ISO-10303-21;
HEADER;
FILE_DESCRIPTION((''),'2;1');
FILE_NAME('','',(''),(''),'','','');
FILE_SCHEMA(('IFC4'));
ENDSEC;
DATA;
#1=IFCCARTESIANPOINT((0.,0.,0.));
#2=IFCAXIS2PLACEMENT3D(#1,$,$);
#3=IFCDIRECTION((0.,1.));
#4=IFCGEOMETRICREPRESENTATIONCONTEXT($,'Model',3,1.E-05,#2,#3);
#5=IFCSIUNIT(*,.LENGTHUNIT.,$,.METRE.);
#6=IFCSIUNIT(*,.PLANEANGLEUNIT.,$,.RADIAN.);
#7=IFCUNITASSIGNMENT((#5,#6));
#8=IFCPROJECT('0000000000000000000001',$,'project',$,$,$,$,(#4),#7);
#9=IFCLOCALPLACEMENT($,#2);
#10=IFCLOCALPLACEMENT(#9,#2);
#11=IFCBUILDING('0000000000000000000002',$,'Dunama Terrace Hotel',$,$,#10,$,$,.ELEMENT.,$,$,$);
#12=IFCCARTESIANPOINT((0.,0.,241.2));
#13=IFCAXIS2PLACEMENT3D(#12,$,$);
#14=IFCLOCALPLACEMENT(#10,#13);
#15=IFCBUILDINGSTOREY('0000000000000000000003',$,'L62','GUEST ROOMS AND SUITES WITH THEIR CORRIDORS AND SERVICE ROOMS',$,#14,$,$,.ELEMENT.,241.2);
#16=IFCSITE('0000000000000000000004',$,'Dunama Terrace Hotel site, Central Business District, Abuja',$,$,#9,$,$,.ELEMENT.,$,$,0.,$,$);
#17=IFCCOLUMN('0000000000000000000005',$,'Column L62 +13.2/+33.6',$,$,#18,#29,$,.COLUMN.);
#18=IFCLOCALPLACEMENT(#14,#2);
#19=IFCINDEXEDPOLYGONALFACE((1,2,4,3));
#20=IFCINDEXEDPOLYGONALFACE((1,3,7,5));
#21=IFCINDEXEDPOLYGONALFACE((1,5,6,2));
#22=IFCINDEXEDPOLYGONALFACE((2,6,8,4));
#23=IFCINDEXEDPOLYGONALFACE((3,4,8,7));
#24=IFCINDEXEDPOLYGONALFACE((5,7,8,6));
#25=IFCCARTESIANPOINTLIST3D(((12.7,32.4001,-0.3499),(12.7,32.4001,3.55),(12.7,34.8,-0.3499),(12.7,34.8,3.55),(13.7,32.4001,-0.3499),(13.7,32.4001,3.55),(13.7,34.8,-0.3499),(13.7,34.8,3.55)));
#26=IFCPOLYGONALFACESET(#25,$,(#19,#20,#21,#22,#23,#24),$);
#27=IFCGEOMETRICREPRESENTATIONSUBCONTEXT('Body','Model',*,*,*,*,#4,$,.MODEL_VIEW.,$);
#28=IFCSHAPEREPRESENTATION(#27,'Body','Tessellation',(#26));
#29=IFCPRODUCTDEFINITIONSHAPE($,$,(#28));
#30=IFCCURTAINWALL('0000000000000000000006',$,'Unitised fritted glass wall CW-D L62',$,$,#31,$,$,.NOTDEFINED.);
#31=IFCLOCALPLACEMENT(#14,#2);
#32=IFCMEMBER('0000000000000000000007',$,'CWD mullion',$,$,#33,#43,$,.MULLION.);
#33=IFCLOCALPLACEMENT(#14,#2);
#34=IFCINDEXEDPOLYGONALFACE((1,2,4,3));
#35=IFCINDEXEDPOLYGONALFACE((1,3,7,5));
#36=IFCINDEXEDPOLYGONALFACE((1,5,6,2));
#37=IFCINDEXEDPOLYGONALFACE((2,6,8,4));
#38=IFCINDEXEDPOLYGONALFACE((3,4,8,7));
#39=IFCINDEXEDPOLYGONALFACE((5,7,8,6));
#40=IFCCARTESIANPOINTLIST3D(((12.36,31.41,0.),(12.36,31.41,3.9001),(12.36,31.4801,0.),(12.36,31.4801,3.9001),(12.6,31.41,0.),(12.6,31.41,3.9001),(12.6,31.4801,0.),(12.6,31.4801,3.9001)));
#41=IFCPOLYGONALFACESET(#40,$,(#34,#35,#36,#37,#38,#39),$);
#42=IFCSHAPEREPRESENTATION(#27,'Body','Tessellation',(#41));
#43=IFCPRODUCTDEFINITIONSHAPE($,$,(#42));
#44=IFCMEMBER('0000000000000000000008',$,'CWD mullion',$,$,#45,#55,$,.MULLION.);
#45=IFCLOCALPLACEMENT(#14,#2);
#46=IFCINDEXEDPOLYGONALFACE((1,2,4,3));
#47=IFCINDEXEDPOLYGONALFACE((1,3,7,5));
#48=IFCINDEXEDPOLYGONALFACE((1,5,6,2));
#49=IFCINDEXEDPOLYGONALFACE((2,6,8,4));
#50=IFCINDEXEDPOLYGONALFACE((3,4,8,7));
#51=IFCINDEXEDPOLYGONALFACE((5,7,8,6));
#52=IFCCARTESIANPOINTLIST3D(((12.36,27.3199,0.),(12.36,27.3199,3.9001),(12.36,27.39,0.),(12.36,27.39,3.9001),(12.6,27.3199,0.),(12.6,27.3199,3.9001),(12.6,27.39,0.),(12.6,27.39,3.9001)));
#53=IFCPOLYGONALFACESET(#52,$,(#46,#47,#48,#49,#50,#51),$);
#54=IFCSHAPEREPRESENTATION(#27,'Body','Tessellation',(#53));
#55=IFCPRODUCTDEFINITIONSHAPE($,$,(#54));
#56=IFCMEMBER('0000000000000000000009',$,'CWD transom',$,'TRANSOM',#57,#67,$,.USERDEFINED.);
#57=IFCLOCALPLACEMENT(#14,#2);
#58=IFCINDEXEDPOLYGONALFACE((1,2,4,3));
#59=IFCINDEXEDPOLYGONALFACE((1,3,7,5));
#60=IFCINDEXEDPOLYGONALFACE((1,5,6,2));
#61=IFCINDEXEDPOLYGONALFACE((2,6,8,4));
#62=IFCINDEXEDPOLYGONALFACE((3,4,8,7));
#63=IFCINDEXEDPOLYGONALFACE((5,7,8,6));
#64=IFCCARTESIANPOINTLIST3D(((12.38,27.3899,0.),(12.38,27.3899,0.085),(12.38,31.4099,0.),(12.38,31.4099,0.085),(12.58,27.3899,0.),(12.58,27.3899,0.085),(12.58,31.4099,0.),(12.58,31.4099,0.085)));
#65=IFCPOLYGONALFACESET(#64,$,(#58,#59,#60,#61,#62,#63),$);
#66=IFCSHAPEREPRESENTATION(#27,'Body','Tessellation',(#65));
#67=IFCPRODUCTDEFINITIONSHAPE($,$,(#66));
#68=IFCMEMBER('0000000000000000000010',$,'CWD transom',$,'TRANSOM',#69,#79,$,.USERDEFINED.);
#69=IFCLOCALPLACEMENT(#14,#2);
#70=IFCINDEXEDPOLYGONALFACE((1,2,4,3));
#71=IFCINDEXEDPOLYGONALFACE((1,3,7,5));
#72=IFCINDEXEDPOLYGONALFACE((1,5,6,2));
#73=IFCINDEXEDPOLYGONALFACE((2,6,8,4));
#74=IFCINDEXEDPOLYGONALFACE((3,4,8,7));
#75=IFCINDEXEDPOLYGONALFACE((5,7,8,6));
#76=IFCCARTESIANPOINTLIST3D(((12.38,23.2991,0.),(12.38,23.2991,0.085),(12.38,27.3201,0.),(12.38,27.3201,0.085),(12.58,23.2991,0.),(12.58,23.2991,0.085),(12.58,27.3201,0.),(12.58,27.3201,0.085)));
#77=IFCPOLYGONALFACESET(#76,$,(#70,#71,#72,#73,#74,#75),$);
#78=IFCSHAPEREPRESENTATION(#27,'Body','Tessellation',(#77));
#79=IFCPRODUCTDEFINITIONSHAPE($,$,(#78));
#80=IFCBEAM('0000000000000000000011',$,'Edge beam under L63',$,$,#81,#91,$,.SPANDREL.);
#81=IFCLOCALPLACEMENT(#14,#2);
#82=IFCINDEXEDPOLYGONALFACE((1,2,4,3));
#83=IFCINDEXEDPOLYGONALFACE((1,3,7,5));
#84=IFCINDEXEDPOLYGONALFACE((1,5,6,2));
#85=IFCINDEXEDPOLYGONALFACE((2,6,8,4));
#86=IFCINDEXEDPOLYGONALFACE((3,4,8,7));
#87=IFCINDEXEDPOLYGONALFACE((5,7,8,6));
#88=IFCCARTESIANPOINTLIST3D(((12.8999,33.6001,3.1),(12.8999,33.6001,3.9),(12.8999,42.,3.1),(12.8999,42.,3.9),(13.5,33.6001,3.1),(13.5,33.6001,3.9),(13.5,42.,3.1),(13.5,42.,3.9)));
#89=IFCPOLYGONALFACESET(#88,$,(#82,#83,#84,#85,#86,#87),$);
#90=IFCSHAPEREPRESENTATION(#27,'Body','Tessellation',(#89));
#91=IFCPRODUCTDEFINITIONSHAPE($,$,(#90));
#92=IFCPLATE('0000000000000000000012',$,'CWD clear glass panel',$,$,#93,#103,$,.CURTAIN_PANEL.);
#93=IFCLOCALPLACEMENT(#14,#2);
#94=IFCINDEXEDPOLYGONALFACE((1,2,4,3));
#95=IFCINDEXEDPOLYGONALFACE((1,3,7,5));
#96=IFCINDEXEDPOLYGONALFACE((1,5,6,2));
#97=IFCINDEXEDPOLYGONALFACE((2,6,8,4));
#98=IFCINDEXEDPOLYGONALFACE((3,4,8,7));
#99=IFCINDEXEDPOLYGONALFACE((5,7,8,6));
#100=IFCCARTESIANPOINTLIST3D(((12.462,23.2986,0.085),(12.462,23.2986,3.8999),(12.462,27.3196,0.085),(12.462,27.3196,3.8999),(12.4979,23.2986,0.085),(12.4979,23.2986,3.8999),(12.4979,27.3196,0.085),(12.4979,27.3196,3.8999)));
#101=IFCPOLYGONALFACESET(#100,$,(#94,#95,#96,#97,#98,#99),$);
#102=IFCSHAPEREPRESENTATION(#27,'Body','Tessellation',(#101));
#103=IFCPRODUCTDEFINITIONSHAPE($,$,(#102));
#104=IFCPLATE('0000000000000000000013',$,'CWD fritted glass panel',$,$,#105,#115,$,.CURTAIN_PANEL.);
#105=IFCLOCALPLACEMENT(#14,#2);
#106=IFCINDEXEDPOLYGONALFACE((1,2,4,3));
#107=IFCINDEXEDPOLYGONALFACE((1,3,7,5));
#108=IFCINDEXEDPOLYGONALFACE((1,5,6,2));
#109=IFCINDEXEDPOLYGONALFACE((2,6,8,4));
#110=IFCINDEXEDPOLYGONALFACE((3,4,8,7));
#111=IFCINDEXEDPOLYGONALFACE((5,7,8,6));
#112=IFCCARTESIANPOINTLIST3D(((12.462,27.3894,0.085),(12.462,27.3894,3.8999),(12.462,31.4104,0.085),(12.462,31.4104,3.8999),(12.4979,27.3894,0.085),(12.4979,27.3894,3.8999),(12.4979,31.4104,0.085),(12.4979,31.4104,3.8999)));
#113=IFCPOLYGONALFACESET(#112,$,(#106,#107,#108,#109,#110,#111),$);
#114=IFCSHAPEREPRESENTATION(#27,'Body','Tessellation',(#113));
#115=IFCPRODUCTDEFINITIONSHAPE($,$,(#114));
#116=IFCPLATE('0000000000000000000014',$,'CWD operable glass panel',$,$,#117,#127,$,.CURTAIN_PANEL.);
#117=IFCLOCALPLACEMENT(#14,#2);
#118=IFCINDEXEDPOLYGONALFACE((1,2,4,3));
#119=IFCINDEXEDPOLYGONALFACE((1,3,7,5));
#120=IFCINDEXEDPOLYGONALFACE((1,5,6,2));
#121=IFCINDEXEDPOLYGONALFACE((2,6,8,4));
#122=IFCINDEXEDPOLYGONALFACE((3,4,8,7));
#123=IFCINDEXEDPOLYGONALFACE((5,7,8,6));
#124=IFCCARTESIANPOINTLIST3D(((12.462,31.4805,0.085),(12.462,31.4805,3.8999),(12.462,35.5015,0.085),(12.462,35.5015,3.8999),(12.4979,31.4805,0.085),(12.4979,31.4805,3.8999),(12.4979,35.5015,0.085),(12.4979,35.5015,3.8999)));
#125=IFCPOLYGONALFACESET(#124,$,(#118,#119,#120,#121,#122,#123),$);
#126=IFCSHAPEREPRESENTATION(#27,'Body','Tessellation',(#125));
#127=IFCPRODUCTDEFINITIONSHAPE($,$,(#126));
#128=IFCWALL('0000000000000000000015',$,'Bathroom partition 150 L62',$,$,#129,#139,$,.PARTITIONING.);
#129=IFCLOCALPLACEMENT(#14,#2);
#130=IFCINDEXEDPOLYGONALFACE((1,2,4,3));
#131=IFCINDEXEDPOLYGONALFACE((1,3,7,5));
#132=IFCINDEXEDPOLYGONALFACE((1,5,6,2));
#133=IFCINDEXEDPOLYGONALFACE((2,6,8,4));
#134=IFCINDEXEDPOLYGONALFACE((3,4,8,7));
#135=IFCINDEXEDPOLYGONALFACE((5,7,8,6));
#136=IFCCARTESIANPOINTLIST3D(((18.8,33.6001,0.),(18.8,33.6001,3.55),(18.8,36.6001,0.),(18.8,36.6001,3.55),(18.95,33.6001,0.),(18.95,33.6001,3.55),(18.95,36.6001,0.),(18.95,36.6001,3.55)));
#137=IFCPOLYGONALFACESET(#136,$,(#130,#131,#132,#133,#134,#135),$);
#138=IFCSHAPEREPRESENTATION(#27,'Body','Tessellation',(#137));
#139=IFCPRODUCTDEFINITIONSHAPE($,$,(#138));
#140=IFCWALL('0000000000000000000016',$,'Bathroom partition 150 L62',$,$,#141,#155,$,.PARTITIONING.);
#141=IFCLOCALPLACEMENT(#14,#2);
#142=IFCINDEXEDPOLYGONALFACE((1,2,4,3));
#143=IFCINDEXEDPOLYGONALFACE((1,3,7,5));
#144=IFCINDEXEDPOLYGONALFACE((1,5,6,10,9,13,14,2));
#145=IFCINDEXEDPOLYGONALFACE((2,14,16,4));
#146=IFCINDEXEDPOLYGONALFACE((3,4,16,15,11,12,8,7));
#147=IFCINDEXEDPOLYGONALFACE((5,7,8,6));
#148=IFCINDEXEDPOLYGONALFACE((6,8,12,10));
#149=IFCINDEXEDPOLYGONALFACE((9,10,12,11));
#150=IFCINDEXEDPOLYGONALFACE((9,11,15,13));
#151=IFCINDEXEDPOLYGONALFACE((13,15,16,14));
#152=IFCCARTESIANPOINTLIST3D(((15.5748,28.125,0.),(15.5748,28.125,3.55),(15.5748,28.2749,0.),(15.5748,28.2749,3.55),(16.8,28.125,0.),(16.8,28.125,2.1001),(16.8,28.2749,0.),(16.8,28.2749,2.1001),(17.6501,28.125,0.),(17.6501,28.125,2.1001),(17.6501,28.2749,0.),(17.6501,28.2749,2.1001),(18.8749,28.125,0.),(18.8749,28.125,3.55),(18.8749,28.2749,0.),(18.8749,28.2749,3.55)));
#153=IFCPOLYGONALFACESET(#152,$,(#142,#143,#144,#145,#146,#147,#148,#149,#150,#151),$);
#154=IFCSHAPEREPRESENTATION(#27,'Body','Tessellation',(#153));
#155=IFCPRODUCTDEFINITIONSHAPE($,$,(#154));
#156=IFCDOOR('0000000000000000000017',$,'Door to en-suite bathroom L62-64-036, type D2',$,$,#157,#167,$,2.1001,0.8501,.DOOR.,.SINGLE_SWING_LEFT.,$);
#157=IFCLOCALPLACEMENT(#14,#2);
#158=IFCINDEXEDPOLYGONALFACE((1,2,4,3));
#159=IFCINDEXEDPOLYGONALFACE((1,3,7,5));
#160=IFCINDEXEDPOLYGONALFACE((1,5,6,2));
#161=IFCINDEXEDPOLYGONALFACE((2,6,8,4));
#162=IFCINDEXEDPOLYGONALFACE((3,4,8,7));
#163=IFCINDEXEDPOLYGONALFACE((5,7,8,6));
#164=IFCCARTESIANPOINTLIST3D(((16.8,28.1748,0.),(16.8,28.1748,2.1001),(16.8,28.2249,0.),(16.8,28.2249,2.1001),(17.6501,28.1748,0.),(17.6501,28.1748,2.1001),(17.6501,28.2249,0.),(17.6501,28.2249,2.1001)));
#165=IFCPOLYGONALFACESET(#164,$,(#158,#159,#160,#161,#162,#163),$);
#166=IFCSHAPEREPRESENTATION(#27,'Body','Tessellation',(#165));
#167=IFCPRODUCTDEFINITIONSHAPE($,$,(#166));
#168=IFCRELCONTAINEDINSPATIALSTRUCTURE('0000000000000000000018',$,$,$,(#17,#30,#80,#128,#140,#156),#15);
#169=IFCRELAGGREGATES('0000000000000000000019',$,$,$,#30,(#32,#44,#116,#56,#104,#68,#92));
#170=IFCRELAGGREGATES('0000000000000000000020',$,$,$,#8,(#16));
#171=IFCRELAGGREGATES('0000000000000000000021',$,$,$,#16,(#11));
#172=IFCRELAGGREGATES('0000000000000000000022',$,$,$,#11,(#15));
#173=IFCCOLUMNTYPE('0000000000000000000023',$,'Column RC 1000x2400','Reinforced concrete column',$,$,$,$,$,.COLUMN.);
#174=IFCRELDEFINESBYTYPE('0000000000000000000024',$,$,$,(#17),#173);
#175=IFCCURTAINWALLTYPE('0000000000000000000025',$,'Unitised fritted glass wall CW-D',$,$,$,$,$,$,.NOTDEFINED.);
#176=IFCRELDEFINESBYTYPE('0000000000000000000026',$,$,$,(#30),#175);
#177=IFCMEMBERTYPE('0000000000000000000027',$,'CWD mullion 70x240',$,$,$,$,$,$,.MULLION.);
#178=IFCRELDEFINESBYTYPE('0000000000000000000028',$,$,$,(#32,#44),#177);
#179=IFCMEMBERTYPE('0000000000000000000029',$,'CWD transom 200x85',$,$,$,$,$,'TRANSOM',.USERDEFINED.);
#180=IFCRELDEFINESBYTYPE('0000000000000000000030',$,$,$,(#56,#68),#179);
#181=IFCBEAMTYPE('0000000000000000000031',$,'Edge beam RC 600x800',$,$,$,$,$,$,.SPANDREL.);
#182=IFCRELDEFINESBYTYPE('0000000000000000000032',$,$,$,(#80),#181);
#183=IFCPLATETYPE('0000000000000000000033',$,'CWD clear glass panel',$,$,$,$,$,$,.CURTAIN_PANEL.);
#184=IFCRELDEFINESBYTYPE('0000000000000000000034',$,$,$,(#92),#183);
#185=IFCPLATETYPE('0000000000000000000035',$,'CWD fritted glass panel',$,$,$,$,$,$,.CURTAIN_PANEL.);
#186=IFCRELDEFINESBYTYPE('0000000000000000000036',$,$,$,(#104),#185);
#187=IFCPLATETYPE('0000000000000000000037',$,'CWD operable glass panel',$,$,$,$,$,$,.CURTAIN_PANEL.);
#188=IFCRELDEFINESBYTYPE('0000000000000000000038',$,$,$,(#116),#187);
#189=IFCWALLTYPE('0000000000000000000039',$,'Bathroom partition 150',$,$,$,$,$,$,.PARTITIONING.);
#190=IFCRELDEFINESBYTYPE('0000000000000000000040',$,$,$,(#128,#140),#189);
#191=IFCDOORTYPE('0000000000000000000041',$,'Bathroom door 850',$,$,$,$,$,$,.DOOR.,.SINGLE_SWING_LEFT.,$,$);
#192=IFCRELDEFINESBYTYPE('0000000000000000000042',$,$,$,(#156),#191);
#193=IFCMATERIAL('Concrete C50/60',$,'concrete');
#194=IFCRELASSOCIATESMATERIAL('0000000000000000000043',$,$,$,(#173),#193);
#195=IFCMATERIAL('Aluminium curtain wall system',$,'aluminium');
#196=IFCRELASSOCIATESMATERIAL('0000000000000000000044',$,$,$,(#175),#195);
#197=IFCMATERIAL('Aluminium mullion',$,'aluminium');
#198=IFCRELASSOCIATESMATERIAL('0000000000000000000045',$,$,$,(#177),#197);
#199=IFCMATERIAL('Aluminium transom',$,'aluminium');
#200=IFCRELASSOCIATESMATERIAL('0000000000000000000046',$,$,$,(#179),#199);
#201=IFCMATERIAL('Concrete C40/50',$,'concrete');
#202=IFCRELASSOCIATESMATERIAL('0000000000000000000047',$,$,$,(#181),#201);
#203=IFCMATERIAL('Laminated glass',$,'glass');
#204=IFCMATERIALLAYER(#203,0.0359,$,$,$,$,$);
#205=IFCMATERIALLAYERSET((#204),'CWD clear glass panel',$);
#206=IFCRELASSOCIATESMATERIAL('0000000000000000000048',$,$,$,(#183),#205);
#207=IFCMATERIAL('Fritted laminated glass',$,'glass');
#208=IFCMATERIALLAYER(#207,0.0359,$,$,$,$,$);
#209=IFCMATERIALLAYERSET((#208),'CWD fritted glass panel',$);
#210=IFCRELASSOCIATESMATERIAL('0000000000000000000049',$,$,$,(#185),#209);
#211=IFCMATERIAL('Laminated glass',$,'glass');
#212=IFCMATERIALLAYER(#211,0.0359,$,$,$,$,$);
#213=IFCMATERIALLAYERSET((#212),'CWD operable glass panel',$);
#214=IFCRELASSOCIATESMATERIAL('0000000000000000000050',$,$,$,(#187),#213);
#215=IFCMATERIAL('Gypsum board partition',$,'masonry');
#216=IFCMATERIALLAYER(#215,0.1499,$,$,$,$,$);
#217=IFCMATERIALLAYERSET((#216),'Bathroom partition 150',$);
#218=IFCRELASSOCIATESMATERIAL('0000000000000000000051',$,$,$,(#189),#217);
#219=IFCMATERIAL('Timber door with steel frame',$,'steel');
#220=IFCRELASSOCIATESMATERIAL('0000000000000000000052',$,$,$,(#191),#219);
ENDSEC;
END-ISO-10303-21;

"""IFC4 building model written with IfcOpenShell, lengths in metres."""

from ifc_helpers import new_model, si_unit, direction, frame, frame_2d, origin, origin_2d, place, context, subcontext, project, spatial, rectangle, extrude, material, layer, layer_set, material_profile, profile_set, type_object, element, fill, aggregate, save


model = new_model("IFC4")

# Units and contexts
model_context = context("Model", 3, precision=1e-05, world=origin(), true_north=direction((0.0, 1.0)))
body_context = subcontext(model_context, "Body", "Model", "MODEL_VIEW")
ifc_project = project(units=[si_unit("LENGTHUNIT", "METRE"), si_unit("PLANEANGLEUNIT", "RADIAN")], contexts=[model_context])

# Site, building, storey
site_placement = place(None, origin())
site = spatial("IfcSite", under=ifc_project, at=site_placement, Name="Dunama Terrace Hotel site, Central Business District, Abuja", CompositionType="ELEMENT", RefElevation=0.0)
building_placement = place(site_placement, origin())
building = spatial("IfcBuilding", under=site, at=building_placement, Name="Dunama Terrace Hotel", CompositionType="ELEMENT")
storey_placement = place(building_placement, frame((0.0, 0.0, 241.2)))
storey = spatial("IfcBuildingStorey", under=building, at=storey_placement, Name="L62", Description="GUEST ROOMS AND SUITES WITH THEIR CORRIDORS AND SERVICE ROOMS", CompositionType="ELEMENT", Elevation=241.2)

# Column
ifc_material_1 = material(Name="Concrete C50/60", Category="concrete")
ifc_material_profile_1 = material_profile(ifc_material_1, rectangle(XDim=1.0, YDim=2.3999, at=origin_2d()), Name="RC 1000x2400")
ifc_profile_set_1 = profile_set([ifc_material_profile_1], Name="Concrete C50/60")
column_type = type_object("IfcColumnType", Name="Column RC 1000x2400", Description="Reinforced concrete column", PredefinedType="COLUMN", material=ifc_profile_set_1)
column_placement = place(storey_placement, frame((13.2, 33.6001, -0.3499), z_axis=(0.0, 0.0, 1.0), x_axis=(1.0, 0.0, 0.0)))
element("IfcColumn", 1, at=column_placement, inside=storey, type_object=column_type, Name="Column L62 +13.2/+33.6", PredefinedType="COLUMN", context=body_context, shape_type="SweptSolid", body=[
    extrude(rectangle(XDim=1.0, YDim=2.3999, at=origin_2d()), origin(), (0.0, 0.0, 1.0), 3.8999),
])

# Curtain wall, members
ifc_material_2 = material(Name="Aluminium curtain wall system", Category="aluminium")
curtain_wall_type = type_object("IfcCurtainWallType", Name="Unitised fritted glass wall CW-D", PredefinedType="NOTDEFINED", material=ifc_material_2)
curtain_wall_placement = place(storey_placement, origin())
curtain_wall = element("IfcCurtainWall", 2, at=curtain_wall_placement, inside=storey, type_object=curtain_wall_type, Name="Unitised fritted glass wall CW-D L62", PredefinedType="NOTDEFINED")
ifc_material_3 = material(Name="Aluminium mullion", Category="aluminium")
ifc_material_profile_2 = material_profile(ifc_material_3, rectangle(XDim=0.0701, YDim=0.24, at=origin_2d()), Name="CWD MULLION 70X240")
ifc_profile_set_2 = profile_set([ifc_material_profile_2], Name="Aluminium mullion")
member_type_1 = type_object("IfcMemberType", Name="CWD mullion 70x240", PredefinedType="MULLION", material=ifc_profile_set_2)
member_1_placement = place(storey_placement, frame((12.48, 31.4451, 0.0), z_axis=(0.0, 0.0, 1.0), x_axis=(0.0, -1.0, 0.0)))
member_1 = element("IfcMember", 3, at=member_1_placement, type_object=member_type_1, Name="CWD mullion", PredefinedType="MULLION", context=body_context, shape_type="SweptSolid", body=[
    extrude(rectangle(XDim=0.0701, YDim=0.24, at=origin_2d()), origin(), (0.0, 0.0, 1.0), 3.9001),
])
member_2_placement = place(storey_placement, frame((12.48, 27.355, 0.0), z_axis=(0.0, 0.0, 1.0), x_axis=(0.0, -1.0, 0.0)))
member_2 = element("IfcMember", 4, at=member_2_placement, type_object=member_type_1, Name="CWD mullion", PredefinedType="MULLION", context=body_context, shape_type="SweptSolid", body=[
    extrude(rectangle(XDim=0.0701, YDim=0.24, at=origin_2d()), origin(), (0.0, 0.0, 1.0), 3.9001),
])
ifc_material_4 = material(Name="Aluminium transom", Category="aluminium")
ifc_material_profile_3 = material_profile(ifc_material_4, rectangle(XDim=0.2, YDim=0.085, at=origin_2d()), Name="CWD TRANSOM 200X85")
ifc_profile_set_3 = profile_set([ifc_material_profile_3], Name="Aluminium transom")
member_type_2 = type_object("IfcMemberType", Name="CWD transom 200x85", ElementType="TRANSOM", PredefinedType="USERDEFINED", material=ifc_profile_set_3)
member_3_placement = place(storey_placement, frame((12.48, 31.4099, 0.0425), z_axis=(0.0, -1.0, 0.0), x_axis=(1.0, 0.0, 0.0)))
member_3 = element("IfcMember", 5, at=member_3_placement, type_object=member_type_2, Name="CWD transom", ObjectType="TRANSOM", PredefinedType="USERDEFINED", context=body_context, shape_type="SweptSolid", body=[
    extrude(rectangle(XDim=0.2, YDim=0.085, at=origin_2d()), origin(), (0.0, 0.0, 1.0), 4.02),
])
member_4_placement = place(storey_placement, frame((12.48, 27.3201, 0.0425), z_axis=(0.0, -1.0, 0.0), x_axis=(1.0, 0.0, 0.0)))
member_4 = element("IfcMember", 6, at=member_4_placement, type_object=member_type_2, Name="CWD transom", ObjectType="TRANSOM", PredefinedType="USERDEFINED", context=body_context, shape_type="SweptSolid", body=[
    extrude(rectangle(XDim=0.2, YDim=0.085, at=origin_2d()), origin(), (0.0, 0.0, 1.0), 4.021),
])

# Beam
ifc_material_5 = material(Name="Concrete C40/50", Category="concrete")
ifc_material_profile_4 = material_profile(ifc_material_5, rectangle(XDim=0.6001, YDim=0.8, at=origin_2d()), Name="RC 600x800")
ifc_profile_set_4 = profile_set([ifc_material_profile_4], Name="Concrete C40/50")
beam_type = type_object("IfcBeamType", Name="Edge beam RC 600x800", PredefinedType="SPANDREL", material=ifc_profile_set_4)
beam_placement = place(storey_placement, frame((13.2, 33.6001, 3.5), z_axis=(0.0, 1.0, 0.0), x_axis=(-1.0, 0.0, 0.0)))
element("IfcBeam", 7, at=beam_placement, inside=storey, type_object=beam_type, Name="Edge beam under L63", PredefinedType="SPANDREL", context=body_context, shape_type="SweptSolid", body=[
    extrude(rectangle(XDim=0.6001, YDim=0.8, at=origin_2d()), origin(), (0.0, 0.0, 1.0), 8.3999),
])

# Plates
ifc_material_6 = material(Name="Laminated glass", Category="glass")
ifc_layer_1 = layer(ifc_material_6, 0.0359)
ifc_layer_set_1 = layer_set([ifc_layer_1], Name="CWD clear glass panel")
plate_type_1 = type_object("IfcPlateType", Name="CWD clear glass panel", PredefinedType="CURTAIN_PANEL", material=ifc_layer_set_1)
plate_1_placement = place(storey_placement, frame((12.48, 25.3091, 0.085), z_axis=(0.0, 0.0, 1.0), x_axis=(0.0, -1.0, 0.0)))
plate_1 = element("IfcPlate", 8, at=plate_1_placement, type_object=plate_type_1, Name="CWD clear glass panel", PredefinedType="CURTAIN_PANEL", context=body_context, shape_type="SweptSolid", body=[
    extrude(rectangle(XDim=4.021, YDim=0.0359, at=origin_2d()), origin(), (0.0, 0.0, 1.0), 3.8149),
])
ifc_material_7 = material(Name="Fritted laminated glass", Category="glass")
ifc_layer_2 = layer(ifc_material_7, 0.0359)
ifc_layer_set_2 = layer_set([ifc_layer_2], Name="CWD fritted glass panel")
plate_type_2 = type_object("IfcPlateType", Name="CWD fritted glass panel", PredefinedType="CURTAIN_PANEL", material=ifc_layer_set_2)
plate_2_placement = place(storey_placement, frame((12.48, 29.3999, 0.085), z_axis=(0.0, 0.0, 1.0), x_axis=(0.0, -1.0, 0.0)))
plate_2 = element("IfcPlate", 9, at=plate_2_placement, type_object=plate_type_2, Name="CWD fritted glass panel", PredefinedType="CURTAIN_PANEL", context=body_context, shape_type="SweptSolid", body=[
    extrude(rectangle(XDim=4.021, YDim=0.0359, at=origin_2d()), origin(), (0.0, 0.0, 1.0), 3.8149),
])
ifc_material_8 = material(Name="Laminated glass", Category="glass")
ifc_layer_3 = layer(ifc_material_8, 0.0359)
ifc_layer_set_3 = layer_set([ifc_layer_3], Name="CWD operable glass panel")
plate_type_3 = type_object("IfcPlateType", Name="CWD operable glass panel", PredefinedType="CURTAIN_PANEL", material=ifc_layer_set_3)
plate_3_placement = place(storey_placement, frame((12.48, 33.491, 0.085), z_axis=(0.0, 0.0, 1.0), x_axis=(0.0, -1.0, 0.0)))
plate_3 = element("IfcPlate", 10, at=plate_3_placement, type_object=plate_type_3, Name="CWD operable glass panel", PredefinedType="CURTAIN_PANEL", context=body_context, shape_type="SweptSolid", body=[
    extrude(rectangle(XDim=4.021, YDim=0.0359, at=origin_2d()), origin(), (0.0, 0.0, 1.0), 3.8149),
])
aggregate(curtain_wall, [member_1, member_2, plate_3, member_3, plate_2, member_4, plate_1])

# Wall
ifc_material_9 = material(Name="Gypsum board partition", Category="masonry")
ifc_layer_4 = layer(ifc_material_9, 0.1499)
ifc_layer_set_4 = layer_set([ifc_layer_4], Name="Bathroom partition 150")
wall_type_1 = type_object("IfcWallType", Name="Bathroom partition 150", PredefinedType="PARTITIONING", material=ifc_layer_set_4)
wall_1_placement = place(storey_placement, frame((18.875, 33.6001, 0.0), z_axis=(0.0, 0.0, 1.0), x_axis=(0.0, 1.0, 0.0)))
element("IfcWall", 11, at=wall_1_placement, inside=storey, type_object=wall_type_1, Name="Bathroom partition 150 L62", PredefinedType="PARTITIONING", context=body_context, shape_type="SweptSolid", body=[
    extrude(rectangle(XDim=3.0, YDim=0.1499, at=frame_2d((1.5, 0.0))), origin(), (0.0, 0.0, 1.0), 3.55),
])

# Wall, opening, door
wall_2_placement = place(storey_placement, frame((15.575, 28.2, 0.0), z_axis=(0.0, 0.0, 1.0), x_axis=(1.0, 0.0, 0.0)))
wall_2 = element("IfcWall", 12, at=wall_2_placement, inside=storey, type_object=wall_type_1, Name="Bathroom partition 150 L62", PredefinedType="PARTITIONING", context=body_context, shape_type="SweptSolid", body=[
    extrude(rectangle(XDim=3.3, YDim=0.1499, at=frame_2d((1.6499, 0.0))), origin(), (0.0, 0.0, 1.0), 3.55),
])
opening_1_placement = place(wall_2_placement, frame((1.2251, 0.0, 0.0)))
opening_1 = element("IfcOpeningElement", 13, at=opening_1_placement, cuts=wall_2, PredefinedType="OPENING", context=body_context, shape_type="SweptSolid", body=[
    extrude(rectangle(XDim=0.8501, YDim=2.1001, at=frame_2d((0.425, 1.05))), frame((0.0, 0.085, 0.0), z_axis=(0.0, -1.0, 0.0), x_axis=(1.0, 0.0, 0.0)), (0.0, 0.0, 1.0), 0.1699),
])
ifc_material_10 = material(Name="Timber door with steel frame", Category="steel")
door_type_1 = type_object("IfcDoorType", Name="Bathroom door 850", OperationType="SINGLE_SWING_LEFT", PredefinedType="DOOR", material=ifc_material_10)
door_1_placement = place(opening_1_placement, frame((0.8501, 0.0, 0.0), z_axis=(0.0, 0.0, 1.0), x_axis=(-1.0, 0.0, 0.0)))
door_1 = element("IfcDoor", 14, at=door_1_placement, inside=storey, type_object=door_type_1, Name="Door to en-suite bathroom L62-64-036, type D2", OperationType="SINGLE_SWING_LEFT", OverallHeight=2.1001, OverallWidth=0.8501, PredefinedType="DOOR", context=body_context, shape_type="SweptSolid", body=[
    extrude(rectangle(XDim=0.8501, YDim=2.1001, at=frame_2d((0.425, 1.05))), frame((0.0, 0.0251, 0.0), z_axis=(0.0, -1.0, 0.0), x_axis=(1.0, 0.0, 0.0)), (0.0, 0.0, 1.0), 0.05),
])
fill(opening_1, door_1)

save(model, "model.ifc")
